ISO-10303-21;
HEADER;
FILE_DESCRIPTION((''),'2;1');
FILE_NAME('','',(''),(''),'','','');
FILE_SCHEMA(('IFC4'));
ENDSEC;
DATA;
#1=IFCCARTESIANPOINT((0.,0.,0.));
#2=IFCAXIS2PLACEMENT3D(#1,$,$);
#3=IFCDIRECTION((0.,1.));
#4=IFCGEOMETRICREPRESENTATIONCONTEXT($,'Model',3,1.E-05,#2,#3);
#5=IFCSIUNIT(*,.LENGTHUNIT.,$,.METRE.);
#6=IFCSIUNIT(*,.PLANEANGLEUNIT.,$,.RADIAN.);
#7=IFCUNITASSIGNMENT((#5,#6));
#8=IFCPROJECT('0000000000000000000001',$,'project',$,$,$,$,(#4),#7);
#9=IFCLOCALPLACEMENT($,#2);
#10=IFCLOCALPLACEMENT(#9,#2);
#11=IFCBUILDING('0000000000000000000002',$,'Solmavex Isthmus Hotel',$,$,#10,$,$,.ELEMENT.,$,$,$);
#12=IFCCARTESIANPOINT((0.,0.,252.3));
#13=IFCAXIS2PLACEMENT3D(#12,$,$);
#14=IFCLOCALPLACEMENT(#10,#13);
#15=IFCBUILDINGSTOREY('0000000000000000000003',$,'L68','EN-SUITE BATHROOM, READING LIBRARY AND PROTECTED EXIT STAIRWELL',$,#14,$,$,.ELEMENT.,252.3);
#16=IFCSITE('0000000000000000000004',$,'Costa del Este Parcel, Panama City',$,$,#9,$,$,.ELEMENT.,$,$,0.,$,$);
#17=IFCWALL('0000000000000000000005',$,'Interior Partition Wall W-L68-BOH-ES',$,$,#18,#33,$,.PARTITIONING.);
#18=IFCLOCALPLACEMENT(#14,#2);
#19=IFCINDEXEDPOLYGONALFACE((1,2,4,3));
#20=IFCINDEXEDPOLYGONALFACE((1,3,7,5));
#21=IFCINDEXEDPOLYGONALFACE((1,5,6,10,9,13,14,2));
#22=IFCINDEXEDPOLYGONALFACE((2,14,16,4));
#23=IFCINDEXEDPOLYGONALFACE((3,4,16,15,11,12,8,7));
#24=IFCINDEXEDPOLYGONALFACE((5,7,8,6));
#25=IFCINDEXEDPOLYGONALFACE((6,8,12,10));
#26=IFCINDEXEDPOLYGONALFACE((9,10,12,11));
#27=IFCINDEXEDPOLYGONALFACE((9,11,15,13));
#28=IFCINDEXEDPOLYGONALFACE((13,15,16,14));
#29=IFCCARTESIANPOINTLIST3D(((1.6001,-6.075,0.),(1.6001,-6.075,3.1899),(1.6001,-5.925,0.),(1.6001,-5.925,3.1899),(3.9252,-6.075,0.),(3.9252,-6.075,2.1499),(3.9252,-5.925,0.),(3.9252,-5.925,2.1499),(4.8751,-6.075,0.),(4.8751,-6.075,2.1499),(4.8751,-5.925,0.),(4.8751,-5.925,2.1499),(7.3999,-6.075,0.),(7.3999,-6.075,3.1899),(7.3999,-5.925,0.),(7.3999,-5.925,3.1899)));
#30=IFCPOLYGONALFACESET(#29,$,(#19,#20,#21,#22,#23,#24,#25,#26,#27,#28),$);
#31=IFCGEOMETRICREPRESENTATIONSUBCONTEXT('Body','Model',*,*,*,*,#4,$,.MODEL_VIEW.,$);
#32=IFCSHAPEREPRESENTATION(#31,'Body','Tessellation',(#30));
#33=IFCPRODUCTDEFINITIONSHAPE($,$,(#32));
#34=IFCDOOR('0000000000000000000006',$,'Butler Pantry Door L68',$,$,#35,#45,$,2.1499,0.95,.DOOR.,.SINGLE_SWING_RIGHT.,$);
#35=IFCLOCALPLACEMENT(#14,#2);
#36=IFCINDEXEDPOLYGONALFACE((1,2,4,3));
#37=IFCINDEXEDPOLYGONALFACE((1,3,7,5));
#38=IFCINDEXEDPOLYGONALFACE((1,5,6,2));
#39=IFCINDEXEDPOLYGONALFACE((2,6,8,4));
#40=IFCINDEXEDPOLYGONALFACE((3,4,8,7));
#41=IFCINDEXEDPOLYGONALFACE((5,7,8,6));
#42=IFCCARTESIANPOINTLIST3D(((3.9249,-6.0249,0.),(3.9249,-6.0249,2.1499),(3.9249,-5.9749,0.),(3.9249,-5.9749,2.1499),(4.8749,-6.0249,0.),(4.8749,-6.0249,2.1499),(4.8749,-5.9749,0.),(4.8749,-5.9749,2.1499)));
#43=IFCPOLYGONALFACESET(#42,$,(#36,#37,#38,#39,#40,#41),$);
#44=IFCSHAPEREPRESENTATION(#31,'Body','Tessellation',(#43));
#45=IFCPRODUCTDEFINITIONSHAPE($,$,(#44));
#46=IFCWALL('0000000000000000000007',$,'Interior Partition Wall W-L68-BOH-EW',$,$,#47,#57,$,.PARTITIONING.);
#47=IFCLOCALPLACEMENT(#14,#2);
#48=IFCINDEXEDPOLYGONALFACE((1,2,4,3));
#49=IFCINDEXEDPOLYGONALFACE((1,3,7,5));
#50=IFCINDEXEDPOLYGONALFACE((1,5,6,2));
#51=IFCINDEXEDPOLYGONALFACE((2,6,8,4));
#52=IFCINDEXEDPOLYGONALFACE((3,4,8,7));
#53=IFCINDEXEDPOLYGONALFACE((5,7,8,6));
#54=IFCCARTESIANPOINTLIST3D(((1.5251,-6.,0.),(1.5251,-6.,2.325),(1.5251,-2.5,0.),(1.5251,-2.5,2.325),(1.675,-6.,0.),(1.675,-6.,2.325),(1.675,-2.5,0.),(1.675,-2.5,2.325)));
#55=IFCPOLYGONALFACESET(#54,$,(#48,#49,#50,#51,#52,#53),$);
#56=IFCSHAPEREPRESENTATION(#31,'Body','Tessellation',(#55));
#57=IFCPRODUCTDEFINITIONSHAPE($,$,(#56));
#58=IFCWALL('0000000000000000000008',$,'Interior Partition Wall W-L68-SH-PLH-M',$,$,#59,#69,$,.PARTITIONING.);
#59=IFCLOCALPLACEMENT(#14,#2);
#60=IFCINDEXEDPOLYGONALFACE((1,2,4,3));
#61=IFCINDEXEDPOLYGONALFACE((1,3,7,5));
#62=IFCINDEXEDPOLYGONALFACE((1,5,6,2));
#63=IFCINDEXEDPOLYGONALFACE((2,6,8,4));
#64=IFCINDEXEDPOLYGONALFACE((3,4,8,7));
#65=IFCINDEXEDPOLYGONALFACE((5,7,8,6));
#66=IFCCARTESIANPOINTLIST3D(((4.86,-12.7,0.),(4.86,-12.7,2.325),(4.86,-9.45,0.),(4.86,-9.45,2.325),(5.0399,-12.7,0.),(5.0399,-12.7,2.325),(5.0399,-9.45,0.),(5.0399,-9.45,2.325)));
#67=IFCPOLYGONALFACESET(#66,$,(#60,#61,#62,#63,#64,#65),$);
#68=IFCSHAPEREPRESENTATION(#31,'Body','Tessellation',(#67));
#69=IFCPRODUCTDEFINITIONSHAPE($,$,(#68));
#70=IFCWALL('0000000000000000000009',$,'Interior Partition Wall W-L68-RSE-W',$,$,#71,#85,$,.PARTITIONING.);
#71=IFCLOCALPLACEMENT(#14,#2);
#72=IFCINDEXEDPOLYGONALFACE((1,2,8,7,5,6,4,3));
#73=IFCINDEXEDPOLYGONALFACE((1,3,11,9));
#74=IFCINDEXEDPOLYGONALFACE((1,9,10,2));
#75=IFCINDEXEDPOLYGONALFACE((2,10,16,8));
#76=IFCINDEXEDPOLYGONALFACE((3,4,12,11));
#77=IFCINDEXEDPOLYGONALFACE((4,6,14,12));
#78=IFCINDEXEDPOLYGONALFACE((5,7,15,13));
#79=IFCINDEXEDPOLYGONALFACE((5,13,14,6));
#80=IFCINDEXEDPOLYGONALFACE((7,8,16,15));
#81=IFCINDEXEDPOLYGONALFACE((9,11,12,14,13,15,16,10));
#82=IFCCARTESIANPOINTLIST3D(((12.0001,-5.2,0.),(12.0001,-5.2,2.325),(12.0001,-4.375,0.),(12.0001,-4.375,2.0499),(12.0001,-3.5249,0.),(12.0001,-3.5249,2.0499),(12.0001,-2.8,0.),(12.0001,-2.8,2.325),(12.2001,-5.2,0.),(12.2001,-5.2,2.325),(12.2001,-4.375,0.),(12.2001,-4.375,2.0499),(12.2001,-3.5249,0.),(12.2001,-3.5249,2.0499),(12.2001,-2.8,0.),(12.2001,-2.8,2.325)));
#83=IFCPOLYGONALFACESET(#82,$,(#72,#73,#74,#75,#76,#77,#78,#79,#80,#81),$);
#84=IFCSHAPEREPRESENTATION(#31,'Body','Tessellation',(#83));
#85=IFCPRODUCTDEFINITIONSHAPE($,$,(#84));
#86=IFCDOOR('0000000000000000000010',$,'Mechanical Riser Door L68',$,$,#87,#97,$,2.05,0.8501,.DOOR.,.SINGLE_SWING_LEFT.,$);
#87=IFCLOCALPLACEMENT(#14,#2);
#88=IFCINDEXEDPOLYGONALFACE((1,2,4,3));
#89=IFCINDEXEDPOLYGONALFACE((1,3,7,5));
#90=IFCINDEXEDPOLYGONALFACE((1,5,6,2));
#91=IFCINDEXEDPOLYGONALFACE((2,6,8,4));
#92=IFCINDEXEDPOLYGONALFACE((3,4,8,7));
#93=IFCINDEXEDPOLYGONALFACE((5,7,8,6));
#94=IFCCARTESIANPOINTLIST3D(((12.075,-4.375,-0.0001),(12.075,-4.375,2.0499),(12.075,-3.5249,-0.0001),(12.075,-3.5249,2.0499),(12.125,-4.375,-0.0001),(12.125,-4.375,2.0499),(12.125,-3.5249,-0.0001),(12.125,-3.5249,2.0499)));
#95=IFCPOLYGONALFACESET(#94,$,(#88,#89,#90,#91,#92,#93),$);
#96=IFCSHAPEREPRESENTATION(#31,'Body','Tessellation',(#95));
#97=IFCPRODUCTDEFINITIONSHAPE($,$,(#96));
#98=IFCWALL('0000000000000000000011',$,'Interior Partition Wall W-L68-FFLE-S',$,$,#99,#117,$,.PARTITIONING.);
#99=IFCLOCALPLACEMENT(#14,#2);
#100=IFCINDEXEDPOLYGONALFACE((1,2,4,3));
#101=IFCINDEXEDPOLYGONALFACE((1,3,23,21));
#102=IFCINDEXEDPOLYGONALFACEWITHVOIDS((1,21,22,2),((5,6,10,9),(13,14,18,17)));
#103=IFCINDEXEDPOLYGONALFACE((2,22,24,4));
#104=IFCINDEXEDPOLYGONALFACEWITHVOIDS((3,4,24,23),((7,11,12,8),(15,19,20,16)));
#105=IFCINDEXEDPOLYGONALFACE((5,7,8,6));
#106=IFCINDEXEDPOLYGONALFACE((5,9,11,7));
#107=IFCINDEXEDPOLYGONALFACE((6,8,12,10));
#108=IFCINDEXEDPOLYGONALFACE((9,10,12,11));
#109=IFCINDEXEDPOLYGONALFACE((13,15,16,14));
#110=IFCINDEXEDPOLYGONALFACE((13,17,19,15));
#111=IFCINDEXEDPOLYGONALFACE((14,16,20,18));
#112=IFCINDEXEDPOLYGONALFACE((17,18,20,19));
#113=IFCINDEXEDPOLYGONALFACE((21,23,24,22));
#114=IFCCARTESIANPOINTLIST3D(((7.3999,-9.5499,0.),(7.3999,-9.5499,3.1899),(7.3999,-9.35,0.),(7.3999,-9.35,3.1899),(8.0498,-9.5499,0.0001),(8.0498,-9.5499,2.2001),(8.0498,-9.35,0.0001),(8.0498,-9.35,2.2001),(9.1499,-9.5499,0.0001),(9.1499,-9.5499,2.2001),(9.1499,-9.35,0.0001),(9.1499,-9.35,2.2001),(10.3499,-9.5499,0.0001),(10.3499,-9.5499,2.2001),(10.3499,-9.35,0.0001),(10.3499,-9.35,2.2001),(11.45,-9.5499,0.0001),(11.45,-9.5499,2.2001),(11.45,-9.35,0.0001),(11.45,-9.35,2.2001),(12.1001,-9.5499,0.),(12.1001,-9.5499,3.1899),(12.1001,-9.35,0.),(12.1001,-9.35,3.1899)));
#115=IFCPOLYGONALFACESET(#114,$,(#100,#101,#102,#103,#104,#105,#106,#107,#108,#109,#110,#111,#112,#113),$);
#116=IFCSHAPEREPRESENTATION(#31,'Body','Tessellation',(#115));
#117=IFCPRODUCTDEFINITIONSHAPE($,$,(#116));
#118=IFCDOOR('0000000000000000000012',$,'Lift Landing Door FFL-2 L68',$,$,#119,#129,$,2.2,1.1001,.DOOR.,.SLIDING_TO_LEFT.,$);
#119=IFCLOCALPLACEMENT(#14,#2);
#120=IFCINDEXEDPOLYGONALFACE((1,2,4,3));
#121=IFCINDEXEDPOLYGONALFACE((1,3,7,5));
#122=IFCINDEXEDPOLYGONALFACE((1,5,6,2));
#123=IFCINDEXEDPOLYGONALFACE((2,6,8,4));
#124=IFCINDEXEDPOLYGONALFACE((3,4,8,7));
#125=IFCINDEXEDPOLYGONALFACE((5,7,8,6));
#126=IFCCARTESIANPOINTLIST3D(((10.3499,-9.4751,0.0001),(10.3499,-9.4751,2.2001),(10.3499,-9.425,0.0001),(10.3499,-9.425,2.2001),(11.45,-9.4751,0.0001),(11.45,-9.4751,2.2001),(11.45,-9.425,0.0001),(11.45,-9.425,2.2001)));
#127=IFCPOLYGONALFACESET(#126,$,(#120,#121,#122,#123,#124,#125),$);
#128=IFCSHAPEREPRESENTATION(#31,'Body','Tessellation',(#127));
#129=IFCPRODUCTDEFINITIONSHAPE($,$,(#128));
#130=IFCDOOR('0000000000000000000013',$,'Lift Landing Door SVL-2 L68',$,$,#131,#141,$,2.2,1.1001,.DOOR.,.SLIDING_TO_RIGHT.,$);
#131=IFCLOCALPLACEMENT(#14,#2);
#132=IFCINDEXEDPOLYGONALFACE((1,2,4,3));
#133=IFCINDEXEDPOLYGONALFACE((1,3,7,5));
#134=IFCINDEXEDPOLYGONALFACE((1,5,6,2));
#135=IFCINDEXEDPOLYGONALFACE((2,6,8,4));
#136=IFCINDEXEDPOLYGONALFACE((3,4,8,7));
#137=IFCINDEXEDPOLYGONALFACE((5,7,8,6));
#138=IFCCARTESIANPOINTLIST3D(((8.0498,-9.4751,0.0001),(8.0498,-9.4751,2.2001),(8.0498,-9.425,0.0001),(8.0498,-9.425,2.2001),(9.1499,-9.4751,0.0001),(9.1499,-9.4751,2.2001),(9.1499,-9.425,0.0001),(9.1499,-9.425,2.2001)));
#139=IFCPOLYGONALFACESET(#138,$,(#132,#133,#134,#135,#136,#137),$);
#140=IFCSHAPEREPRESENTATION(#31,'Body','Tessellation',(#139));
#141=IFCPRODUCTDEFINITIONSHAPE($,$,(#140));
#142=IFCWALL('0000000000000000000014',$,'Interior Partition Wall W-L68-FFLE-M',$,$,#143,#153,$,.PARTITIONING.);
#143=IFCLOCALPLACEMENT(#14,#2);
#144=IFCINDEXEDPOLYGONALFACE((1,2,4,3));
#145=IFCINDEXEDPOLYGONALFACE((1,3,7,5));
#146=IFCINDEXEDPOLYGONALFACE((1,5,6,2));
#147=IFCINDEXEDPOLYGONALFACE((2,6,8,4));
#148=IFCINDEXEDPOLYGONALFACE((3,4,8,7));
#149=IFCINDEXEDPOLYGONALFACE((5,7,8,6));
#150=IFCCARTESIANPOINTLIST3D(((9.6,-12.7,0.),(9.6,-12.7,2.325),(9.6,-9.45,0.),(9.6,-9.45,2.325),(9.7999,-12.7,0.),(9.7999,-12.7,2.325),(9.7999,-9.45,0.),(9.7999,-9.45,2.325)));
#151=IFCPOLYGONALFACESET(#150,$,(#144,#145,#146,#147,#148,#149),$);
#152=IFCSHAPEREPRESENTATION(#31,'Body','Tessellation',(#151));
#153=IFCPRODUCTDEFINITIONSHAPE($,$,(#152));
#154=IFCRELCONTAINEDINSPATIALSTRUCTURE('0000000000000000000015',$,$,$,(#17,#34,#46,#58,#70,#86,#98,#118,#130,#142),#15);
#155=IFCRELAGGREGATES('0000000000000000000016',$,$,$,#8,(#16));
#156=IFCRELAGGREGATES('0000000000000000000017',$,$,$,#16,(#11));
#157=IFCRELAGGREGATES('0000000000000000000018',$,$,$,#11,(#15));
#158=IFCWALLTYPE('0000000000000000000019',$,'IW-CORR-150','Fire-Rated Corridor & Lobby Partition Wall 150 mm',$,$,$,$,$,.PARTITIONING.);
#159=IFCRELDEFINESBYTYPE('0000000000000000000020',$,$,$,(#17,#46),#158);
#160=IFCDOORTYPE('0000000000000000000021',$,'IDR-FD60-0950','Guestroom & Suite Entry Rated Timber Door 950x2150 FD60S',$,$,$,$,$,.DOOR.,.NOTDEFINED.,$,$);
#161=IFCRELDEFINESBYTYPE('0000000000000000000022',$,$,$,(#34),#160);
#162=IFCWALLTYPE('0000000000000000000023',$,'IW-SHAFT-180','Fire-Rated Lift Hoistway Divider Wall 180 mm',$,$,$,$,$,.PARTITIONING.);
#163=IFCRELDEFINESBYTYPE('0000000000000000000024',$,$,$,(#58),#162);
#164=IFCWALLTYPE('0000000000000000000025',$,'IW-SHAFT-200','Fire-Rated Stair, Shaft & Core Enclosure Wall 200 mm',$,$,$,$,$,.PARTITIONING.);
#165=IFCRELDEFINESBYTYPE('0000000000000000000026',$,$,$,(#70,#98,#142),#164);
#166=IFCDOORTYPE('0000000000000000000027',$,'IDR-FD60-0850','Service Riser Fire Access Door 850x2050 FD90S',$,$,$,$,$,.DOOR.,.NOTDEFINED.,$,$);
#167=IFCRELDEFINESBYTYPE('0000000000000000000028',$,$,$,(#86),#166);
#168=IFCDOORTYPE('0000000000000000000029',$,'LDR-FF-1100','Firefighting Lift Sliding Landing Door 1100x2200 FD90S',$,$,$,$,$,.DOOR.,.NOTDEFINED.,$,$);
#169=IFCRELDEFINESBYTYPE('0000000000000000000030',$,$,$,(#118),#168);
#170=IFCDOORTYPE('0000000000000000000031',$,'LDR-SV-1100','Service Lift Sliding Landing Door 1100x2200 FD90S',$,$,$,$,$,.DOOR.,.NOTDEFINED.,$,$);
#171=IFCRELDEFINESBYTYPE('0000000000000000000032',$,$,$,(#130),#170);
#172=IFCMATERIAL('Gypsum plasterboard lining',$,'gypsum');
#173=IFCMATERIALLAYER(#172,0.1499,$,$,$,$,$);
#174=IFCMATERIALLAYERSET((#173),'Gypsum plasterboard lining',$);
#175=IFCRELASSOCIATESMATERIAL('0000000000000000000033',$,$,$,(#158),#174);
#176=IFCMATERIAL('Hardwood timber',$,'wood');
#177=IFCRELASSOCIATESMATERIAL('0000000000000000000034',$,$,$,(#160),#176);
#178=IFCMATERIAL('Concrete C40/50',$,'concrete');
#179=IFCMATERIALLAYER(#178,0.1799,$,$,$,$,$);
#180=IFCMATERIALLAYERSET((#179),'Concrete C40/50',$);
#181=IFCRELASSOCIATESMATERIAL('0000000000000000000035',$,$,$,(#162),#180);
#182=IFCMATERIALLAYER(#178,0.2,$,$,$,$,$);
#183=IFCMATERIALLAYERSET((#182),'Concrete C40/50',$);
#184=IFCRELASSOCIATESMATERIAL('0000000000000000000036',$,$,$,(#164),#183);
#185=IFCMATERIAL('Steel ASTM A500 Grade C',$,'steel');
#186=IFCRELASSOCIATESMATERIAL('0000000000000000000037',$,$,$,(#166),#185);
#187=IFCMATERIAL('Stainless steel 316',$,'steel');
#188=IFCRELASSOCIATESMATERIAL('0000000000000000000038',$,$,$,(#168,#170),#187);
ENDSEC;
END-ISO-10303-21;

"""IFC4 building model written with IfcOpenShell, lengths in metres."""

from ifc_helpers import new_model, si_unit, direction, frame, frame_2d, origin, place, context, subcontext, project, spatial, rectangle, extrude, material, layer, layer_set, type_object, element, fill, save


model = new_model("IFC4")

# Units and contexts
model_context = context("Model", 3, precision=1e-05, world=origin(), true_north=direction((0.0, 1.0)))
body_context = subcontext(model_context, "Body", "Model", "MODEL_VIEW")
ifc_project = project(units=[si_unit("LENGTHUNIT", "METRE"), si_unit("PLANEANGLEUNIT", "RADIAN")], contexts=[model_context])

# Site, building, storey
site_placement = place(None, origin())
site = spatial("IfcSite", under=ifc_project, at=site_placement, Name="Costa del Este Parcel, Panama City", CompositionType="ELEMENT", RefElevation=0.0)
building_placement = place(site_placement, origin())
building = spatial("IfcBuilding", under=site, at=building_placement, Name="Solmavex Isthmus Hotel", CompositionType="ELEMENT")
storey_placement = place(building_placement, frame((0.0, 0.0, 252.3)))
storey = spatial("IfcBuildingStorey", under=building, at=storey_placement, Name="L68", Description="EN-SUITE BATHROOM, READING LIBRARY AND PROTECTED EXIT STAIRWELL", CompositionType="ELEMENT", Elevation=252.3)

# Shared definitions
ifc_material_1 = material(Name="Gypsum plasterboard lining", Category="gypsum")
ifc_layer_1 = layer(ifc_material_1, 0.1499)
ifc_layer_set_1 = layer_set([ifc_layer_1], Name="Gypsum plasterboard lining")
wall_type_1 = type_object("IfcWallType", Name="IW-CORR-150", Description="Fire-Rated Corridor & Lobby Partition Wall 150 mm", PredefinedType="PARTITIONING", material=ifc_layer_set_1)

# Wall, opening, door
wall_1_placement = place(storey_placement, frame((1.6001, -6.0, 0.0), z_axis=(0.0, 0.0, 1.0), x_axis=(1.0, 0.0, 0.0)))
wall_1 = element("IfcWall", 1, at=wall_1_placement, inside=storey, type_object=wall_type_1, Name="Interior Partition Wall W-L68-BOH-ES", PredefinedType="PARTITIONING", context=body_context, shape_type="SweptSolid", body=[
    extrude(rectangle(XDim=5.7998, YDim=0.1499, at=frame_2d((2.8999, 0.0))), origin(), (0.0, 0.0, 1.0), 3.1899),
])
opening_1_placement = place(wall_1_placement, frame((2.325, 0.0, 0.0)))
opening_1 = element("IfcOpeningElement", 2, at=opening_1_placement, cuts=wall_1, PredefinedType="OPENING", context=body_context, shape_type="SweptSolid", body=[
    extrude(rectangle(XDim=0.95, YDim=2.1499, at=frame_2d((0.4751, 1.075))), frame((0.0, 0.085, 0.0), z_axis=(0.0, -1.0, 0.0), x_axis=(1.0, 0.0, 0.0)), (0.0, 0.0, 1.0), 0.1699),
])
ifc_material_2 = material(Name="Hardwood timber", Category="wood")
door_type_1 = type_object("IfcDoorType", Name="IDR-FD60-0950", Description="Guestroom & Suite Entry Rated Timber Door 950x2150 FD60S", OperationType="NOTDEFINED", PredefinedType="DOOR", material=ifc_material_2)
door_1_placement = place(opening_1_placement, frame((0.95, 0.0, 0.0), z_axis=(0.0, 0.0, 1.0), x_axis=(-1.0, 0.0, 0.0)))
door_1 = element("IfcDoor", 3, at=door_1_placement, inside=storey, type_object=door_type_1, Name="Butler Pantry Door L68", OperationType="SINGLE_SWING_RIGHT", OverallHeight=2.1499, OverallWidth=0.95, PredefinedType="DOOR", context=body_context, shape_type="SweptSolid", body=[
    extrude(rectangle(XDim=0.95, YDim=2.1499, at=frame_2d((0.4751, 1.075))), frame((0.0, 0.0249, 0.0), z_axis=(0.0, -1.0, 0.0), x_axis=(1.0, 0.0, 0.0)), (0.0, 0.0, 1.0), 0.05),
])
fill(opening_1, door_1)

# Walls
wall_2_placement = place(storey_placement, frame((1.6001, -6.0, 0.0), z_axis=(0.0, 0.0, 1.0), x_axis=(0.0, 1.0, 0.0)))
element("IfcWall", 4, at=wall_2_placement, inside=storey, type_object=wall_type_1, Name="Interior Partition Wall W-L68-BOH-EW", PredefinedType="PARTITIONING", context=body_context, shape_type="SweptSolid", body=[
    extrude(rectangle(XDim=3.5, YDim=0.1499, at=frame_2d((1.75, 0.0))), origin(), (0.0, 0.0, 1.0), 2.325),
])
ifc_material_3 = material(Name="Concrete C40/50", Category="concrete")
ifc_layer_2 = layer(ifc_material_3, 0.1799)
ifc_layer_set_2 = layer_set([ifc_layer_2], Name="Concrete C40/50")
wall_type_2 = type_object("IfcWallType", Name="IW-SHAFT-180", Description="Fire-Rated Lift Hoistway Divider Wall 180 mm", PredefinedType="PARTITIONING", material=ifc_layer_set_2)
wall_3_placement = place(storey_placement, frame((4.95, -12.7, 0.0), z_axis=(0.0, 0.0, 1.0), x_axis=(0.0, 1.0, 0.0)))
element("IfcWall", 5, at=wall_3_placement, inside=storey, type_object=wall_type_2, Name="Interior Partition Wall W-L68-SH-PLH-M", PredefinedType="PARTITIONING", context=body_context, shape_type="SweptSolid", body=[
    extrude(rectangle(XDim=3.25, YDim=0.1799, at=frame_2d((1.625, 0.0))), origin(), (0.0, 0.0, 1.0), 2.325),
])

# Wall, opening, door
ifc_layer_3 = layer(ifc_material_3, 0.2)
ifc_layer_set_3 = layer_set([ifc_layer_3], Name="Concrete C40/50")
wall_type_3 = type_object("IfcWallType", Name="IW-SHAFT-200", Description="Fire-Rated Stair, Shaft & Core Enclosure Wall 200 mm", PredefinedType="PARTITIONING", material=ifc_layer_set_3)
wall_4_placement = place(storey_placement, frame((12.1001, -5.2, 0.0), z_axis=(0.0, 0.0, 1.0), x_axis=(0.0, 1.0, 0.0)))
wall_4 = element("IfcWall", 6, at=wall_4_placement, inside=storey, type_object=wall_type_3, Name="Interior Partition Wall W-L68-RSE-W", PredefinedType="PARTITIONING", context=body_context, shape_type="SweptSolid", body=[
    extrude(rectangle(XDim=2.3999, YDim=0.2, at=frame_2d((1.2, 0.0))), origin(), (0.0, 0.0, 1.0), 2.325),
])
opening_2_placement = place(wall_4_placement, frame((0.825, 0.0, 0.0)))
opening_2 = element("IfcOpeningElement", 7, at=opening_2_placement, cuts=wall_4, PredefinedType="OPENING", context=body_context, shape_type="SweptSolid", body=[
    extrude(rectangle(XDim=0.8501, YDim=2.05, at=frame_2d((0.425, 1.0249))), frame((0.0, 0.1099, 0.0), z_axis=(0.0, -1.0, 0.0), x_axis=(1.0, 0.0, 0.0)), (0.0, 0.0, 1.0), 0.22),
])
ifc_material_4 = material(Name="Steel ASTM A500 Grade C", Category="steel")
door_type_2 = type_object("IfcDoorType", Name="IDR-FD60-0850", Description="Service Riser Fire Access Door 850x2050 FD90S", OperationType="NOTDEFINED", PredefinedType="DOOR", material=ifc_material_4)
door_2_placement = place(opening_2_placement, frame((0.8501, 0.0, 0.0), z_axis=(0.0, 0.0, 1.0), x_axis=(-1.0, 0.0, 0.0)))
door_2 = element("IfcDoor", 8, at=door_2_placement, inside=storey, type_object=door_type_2, Name="Mechanical Riser Door L68", OperationType="SINGLE_SWING_LEFT", OverallHeight=2.05, OverallWidth=0.8501, PredefinedType="DOOR", context=body_context, shape_type="SweptSolid", body=[
    extrude(rectangle(XDim=0.8501, YDim=2.05, at=frame_2d((0.425, 1.0249))), frame((0.0, 0.0249, 0.0), z_axis=(0.0, -1.0, 0.0), x_axis=(1.0, 0.0, 0.0)), (0.0, 0.0, 1.0), 0.05),
])
fill(opening_2, door_2)

# Wall, openings, doors
wall_5_placement = place(storey_placement, frame((7.3999, -9.45, 0.0), z_axis=(0.0, 0.0, 1.0), x_axis=(1.0, 0.0, 0.0)))
wall_5 = element("IfcWall", 9, at=wall_5_placement, inside=storey, type_object=wall_type_3, Name="Interior Partition Wall W-L68-FFLE-S", PredefinedType="PARTITIONING", context=body_context, shape_type="SweptSolid", body=[
    extrude(rectangle(XDim=4.7002, YDim=0.2, at=frame_2d((2.3501, 0.0))), origin(), (0.0, 0.0, 1.0), 3.1899),
])
opening_3_placement = place(wall_5_placement, frame((2.95, 0.0, 0.0)))
opening_3 = element("IfcOpeningElement", 10, at=opening_3_placement, cuts=wall_5, PredefinedType="OPENING", context=body_context, shape_type="SweptSolid", body=[
    extrude(rectangle(XDim=1.1001, YDim=2.2, at=frame_2d((0.55, 1.1001))), frame((0.0, 0.1099, 0.0), z_axis=(0.0, -1.0, 0.0), x_axis=(1.0, 0.0, 0.0)), (0.0, 0.0, 1.0), 0.22),
])
opening_4_placement = place(wall_5_placement, frame((0.6499, 0.0, 0.0)))
opening_4 = element("IfcOpeningElement", 11, at=opening_4_placement, cuts=wall_5, PredefinedType="OPENING", context=body_context, shape_type="SweptSolid", body=[
    extrude(rectangle(XDim=1.1001, YDim=2.2, at=frame_2d((0.55, 1.1001))), frame((0.0, 0.1099, 0.0), z_axis=(0.0, -1.0, 0.0), x_axis=(1.0, 0.0, 0.0)), (0.0, 0.0, 1.0), 0.22),
])
ifc_material_5 = material(Name="Stainless steel 316", Category="steel")
door_type_3 = type_object("IfcDoorType", Name="LDR-FF-1100", Description="Firefighting Lift Sliding Landing Door 1100x2200 FD90S", OperationType="NOTDEFINED", PredefinedType="DOOR", material=ifc_material_5)
door_3_placement = place(opening_3_placement, origin())
door_3 = element("IfcDoor", 12, at=door_3_placement, inside=storey, type_object=door_type_3, Name="Lift Landing Door FFL-2 L68", OperationType="SLIDING_TO_LEFT", OverallHeight=2.2, OverallWidth=1.1001, PredefinedType="DOOR", context=body_context, shape_type="SweptSolid", body=[
    extrude(rectangle(XDim=1.1001, YDim=2.2, at=frame_2d((0.55, 1.1001))), frame((0.0, 0.0249, 0.0), z_axis=(0.0, -1.0, 0.0), x_axis=(1.0, 0.0, 0.0)), (0.0, 0.0, 1.0), 0.05),
])
fill(opening_3, door_3)
door_type_4 = type_object("IfcDoorType", Name="LDR-SV-1100", Description="Service Lift Sliding Landing Door 1100x2200 FD90S", OperationType="NOTDEFINED", PredefinedType="DOOR", material=ifc_material_5)
door_4_placement = place(opening_4_placement, origin())
door_4 = element("IfcDoor", 13, at=door_4_placement, inside=storey, type_object=door_type_4, Name="Lift Landing Door SVL-2 L68", OperationType="SLIDING_TO_RIGHT", OverallHeight=2.2, OverallWidth=1.1001, PredefinedType="DOOR", context=body_context, shape_type="SweptSolid", body=[
    extrude(rectangle(XDim=1.1001, YDim=2.2, at=frame_2d((0.55, 1.1001))), frame((0.0, 0.0249, 0.0), z_axis=(0.0, -1.0, 0.0), x_axis=(1.0, 0.0, 0.0)), (0.0, 0.0, 1.0), 0.05),
])
fill(opening_4, door_4)

# Wall
wall_6_placement = place(storey_placement, frame((9.7, -12.7, 0.0), z_axis=(0.0, 0.0, 1.0), x_axis=(0.0, 1.0, 0.0)))
element("IfcWall", 14, at=wall_6_placement, inside=storey, type_object=wall_type_3, Name="Interior Partition Wall W-L68-FFLE-M", PredefinedType="PARTITIONING", context=body_context, shape_type="SweptSolid", body=[
    extrude(rectangle(XDim=3.25, YDim=0.2, at=frame_2d((1.625, 0.0))), origin(), (0.0, 0.0, 1.0), 2.325),
])

save(model, "model.ifc")
